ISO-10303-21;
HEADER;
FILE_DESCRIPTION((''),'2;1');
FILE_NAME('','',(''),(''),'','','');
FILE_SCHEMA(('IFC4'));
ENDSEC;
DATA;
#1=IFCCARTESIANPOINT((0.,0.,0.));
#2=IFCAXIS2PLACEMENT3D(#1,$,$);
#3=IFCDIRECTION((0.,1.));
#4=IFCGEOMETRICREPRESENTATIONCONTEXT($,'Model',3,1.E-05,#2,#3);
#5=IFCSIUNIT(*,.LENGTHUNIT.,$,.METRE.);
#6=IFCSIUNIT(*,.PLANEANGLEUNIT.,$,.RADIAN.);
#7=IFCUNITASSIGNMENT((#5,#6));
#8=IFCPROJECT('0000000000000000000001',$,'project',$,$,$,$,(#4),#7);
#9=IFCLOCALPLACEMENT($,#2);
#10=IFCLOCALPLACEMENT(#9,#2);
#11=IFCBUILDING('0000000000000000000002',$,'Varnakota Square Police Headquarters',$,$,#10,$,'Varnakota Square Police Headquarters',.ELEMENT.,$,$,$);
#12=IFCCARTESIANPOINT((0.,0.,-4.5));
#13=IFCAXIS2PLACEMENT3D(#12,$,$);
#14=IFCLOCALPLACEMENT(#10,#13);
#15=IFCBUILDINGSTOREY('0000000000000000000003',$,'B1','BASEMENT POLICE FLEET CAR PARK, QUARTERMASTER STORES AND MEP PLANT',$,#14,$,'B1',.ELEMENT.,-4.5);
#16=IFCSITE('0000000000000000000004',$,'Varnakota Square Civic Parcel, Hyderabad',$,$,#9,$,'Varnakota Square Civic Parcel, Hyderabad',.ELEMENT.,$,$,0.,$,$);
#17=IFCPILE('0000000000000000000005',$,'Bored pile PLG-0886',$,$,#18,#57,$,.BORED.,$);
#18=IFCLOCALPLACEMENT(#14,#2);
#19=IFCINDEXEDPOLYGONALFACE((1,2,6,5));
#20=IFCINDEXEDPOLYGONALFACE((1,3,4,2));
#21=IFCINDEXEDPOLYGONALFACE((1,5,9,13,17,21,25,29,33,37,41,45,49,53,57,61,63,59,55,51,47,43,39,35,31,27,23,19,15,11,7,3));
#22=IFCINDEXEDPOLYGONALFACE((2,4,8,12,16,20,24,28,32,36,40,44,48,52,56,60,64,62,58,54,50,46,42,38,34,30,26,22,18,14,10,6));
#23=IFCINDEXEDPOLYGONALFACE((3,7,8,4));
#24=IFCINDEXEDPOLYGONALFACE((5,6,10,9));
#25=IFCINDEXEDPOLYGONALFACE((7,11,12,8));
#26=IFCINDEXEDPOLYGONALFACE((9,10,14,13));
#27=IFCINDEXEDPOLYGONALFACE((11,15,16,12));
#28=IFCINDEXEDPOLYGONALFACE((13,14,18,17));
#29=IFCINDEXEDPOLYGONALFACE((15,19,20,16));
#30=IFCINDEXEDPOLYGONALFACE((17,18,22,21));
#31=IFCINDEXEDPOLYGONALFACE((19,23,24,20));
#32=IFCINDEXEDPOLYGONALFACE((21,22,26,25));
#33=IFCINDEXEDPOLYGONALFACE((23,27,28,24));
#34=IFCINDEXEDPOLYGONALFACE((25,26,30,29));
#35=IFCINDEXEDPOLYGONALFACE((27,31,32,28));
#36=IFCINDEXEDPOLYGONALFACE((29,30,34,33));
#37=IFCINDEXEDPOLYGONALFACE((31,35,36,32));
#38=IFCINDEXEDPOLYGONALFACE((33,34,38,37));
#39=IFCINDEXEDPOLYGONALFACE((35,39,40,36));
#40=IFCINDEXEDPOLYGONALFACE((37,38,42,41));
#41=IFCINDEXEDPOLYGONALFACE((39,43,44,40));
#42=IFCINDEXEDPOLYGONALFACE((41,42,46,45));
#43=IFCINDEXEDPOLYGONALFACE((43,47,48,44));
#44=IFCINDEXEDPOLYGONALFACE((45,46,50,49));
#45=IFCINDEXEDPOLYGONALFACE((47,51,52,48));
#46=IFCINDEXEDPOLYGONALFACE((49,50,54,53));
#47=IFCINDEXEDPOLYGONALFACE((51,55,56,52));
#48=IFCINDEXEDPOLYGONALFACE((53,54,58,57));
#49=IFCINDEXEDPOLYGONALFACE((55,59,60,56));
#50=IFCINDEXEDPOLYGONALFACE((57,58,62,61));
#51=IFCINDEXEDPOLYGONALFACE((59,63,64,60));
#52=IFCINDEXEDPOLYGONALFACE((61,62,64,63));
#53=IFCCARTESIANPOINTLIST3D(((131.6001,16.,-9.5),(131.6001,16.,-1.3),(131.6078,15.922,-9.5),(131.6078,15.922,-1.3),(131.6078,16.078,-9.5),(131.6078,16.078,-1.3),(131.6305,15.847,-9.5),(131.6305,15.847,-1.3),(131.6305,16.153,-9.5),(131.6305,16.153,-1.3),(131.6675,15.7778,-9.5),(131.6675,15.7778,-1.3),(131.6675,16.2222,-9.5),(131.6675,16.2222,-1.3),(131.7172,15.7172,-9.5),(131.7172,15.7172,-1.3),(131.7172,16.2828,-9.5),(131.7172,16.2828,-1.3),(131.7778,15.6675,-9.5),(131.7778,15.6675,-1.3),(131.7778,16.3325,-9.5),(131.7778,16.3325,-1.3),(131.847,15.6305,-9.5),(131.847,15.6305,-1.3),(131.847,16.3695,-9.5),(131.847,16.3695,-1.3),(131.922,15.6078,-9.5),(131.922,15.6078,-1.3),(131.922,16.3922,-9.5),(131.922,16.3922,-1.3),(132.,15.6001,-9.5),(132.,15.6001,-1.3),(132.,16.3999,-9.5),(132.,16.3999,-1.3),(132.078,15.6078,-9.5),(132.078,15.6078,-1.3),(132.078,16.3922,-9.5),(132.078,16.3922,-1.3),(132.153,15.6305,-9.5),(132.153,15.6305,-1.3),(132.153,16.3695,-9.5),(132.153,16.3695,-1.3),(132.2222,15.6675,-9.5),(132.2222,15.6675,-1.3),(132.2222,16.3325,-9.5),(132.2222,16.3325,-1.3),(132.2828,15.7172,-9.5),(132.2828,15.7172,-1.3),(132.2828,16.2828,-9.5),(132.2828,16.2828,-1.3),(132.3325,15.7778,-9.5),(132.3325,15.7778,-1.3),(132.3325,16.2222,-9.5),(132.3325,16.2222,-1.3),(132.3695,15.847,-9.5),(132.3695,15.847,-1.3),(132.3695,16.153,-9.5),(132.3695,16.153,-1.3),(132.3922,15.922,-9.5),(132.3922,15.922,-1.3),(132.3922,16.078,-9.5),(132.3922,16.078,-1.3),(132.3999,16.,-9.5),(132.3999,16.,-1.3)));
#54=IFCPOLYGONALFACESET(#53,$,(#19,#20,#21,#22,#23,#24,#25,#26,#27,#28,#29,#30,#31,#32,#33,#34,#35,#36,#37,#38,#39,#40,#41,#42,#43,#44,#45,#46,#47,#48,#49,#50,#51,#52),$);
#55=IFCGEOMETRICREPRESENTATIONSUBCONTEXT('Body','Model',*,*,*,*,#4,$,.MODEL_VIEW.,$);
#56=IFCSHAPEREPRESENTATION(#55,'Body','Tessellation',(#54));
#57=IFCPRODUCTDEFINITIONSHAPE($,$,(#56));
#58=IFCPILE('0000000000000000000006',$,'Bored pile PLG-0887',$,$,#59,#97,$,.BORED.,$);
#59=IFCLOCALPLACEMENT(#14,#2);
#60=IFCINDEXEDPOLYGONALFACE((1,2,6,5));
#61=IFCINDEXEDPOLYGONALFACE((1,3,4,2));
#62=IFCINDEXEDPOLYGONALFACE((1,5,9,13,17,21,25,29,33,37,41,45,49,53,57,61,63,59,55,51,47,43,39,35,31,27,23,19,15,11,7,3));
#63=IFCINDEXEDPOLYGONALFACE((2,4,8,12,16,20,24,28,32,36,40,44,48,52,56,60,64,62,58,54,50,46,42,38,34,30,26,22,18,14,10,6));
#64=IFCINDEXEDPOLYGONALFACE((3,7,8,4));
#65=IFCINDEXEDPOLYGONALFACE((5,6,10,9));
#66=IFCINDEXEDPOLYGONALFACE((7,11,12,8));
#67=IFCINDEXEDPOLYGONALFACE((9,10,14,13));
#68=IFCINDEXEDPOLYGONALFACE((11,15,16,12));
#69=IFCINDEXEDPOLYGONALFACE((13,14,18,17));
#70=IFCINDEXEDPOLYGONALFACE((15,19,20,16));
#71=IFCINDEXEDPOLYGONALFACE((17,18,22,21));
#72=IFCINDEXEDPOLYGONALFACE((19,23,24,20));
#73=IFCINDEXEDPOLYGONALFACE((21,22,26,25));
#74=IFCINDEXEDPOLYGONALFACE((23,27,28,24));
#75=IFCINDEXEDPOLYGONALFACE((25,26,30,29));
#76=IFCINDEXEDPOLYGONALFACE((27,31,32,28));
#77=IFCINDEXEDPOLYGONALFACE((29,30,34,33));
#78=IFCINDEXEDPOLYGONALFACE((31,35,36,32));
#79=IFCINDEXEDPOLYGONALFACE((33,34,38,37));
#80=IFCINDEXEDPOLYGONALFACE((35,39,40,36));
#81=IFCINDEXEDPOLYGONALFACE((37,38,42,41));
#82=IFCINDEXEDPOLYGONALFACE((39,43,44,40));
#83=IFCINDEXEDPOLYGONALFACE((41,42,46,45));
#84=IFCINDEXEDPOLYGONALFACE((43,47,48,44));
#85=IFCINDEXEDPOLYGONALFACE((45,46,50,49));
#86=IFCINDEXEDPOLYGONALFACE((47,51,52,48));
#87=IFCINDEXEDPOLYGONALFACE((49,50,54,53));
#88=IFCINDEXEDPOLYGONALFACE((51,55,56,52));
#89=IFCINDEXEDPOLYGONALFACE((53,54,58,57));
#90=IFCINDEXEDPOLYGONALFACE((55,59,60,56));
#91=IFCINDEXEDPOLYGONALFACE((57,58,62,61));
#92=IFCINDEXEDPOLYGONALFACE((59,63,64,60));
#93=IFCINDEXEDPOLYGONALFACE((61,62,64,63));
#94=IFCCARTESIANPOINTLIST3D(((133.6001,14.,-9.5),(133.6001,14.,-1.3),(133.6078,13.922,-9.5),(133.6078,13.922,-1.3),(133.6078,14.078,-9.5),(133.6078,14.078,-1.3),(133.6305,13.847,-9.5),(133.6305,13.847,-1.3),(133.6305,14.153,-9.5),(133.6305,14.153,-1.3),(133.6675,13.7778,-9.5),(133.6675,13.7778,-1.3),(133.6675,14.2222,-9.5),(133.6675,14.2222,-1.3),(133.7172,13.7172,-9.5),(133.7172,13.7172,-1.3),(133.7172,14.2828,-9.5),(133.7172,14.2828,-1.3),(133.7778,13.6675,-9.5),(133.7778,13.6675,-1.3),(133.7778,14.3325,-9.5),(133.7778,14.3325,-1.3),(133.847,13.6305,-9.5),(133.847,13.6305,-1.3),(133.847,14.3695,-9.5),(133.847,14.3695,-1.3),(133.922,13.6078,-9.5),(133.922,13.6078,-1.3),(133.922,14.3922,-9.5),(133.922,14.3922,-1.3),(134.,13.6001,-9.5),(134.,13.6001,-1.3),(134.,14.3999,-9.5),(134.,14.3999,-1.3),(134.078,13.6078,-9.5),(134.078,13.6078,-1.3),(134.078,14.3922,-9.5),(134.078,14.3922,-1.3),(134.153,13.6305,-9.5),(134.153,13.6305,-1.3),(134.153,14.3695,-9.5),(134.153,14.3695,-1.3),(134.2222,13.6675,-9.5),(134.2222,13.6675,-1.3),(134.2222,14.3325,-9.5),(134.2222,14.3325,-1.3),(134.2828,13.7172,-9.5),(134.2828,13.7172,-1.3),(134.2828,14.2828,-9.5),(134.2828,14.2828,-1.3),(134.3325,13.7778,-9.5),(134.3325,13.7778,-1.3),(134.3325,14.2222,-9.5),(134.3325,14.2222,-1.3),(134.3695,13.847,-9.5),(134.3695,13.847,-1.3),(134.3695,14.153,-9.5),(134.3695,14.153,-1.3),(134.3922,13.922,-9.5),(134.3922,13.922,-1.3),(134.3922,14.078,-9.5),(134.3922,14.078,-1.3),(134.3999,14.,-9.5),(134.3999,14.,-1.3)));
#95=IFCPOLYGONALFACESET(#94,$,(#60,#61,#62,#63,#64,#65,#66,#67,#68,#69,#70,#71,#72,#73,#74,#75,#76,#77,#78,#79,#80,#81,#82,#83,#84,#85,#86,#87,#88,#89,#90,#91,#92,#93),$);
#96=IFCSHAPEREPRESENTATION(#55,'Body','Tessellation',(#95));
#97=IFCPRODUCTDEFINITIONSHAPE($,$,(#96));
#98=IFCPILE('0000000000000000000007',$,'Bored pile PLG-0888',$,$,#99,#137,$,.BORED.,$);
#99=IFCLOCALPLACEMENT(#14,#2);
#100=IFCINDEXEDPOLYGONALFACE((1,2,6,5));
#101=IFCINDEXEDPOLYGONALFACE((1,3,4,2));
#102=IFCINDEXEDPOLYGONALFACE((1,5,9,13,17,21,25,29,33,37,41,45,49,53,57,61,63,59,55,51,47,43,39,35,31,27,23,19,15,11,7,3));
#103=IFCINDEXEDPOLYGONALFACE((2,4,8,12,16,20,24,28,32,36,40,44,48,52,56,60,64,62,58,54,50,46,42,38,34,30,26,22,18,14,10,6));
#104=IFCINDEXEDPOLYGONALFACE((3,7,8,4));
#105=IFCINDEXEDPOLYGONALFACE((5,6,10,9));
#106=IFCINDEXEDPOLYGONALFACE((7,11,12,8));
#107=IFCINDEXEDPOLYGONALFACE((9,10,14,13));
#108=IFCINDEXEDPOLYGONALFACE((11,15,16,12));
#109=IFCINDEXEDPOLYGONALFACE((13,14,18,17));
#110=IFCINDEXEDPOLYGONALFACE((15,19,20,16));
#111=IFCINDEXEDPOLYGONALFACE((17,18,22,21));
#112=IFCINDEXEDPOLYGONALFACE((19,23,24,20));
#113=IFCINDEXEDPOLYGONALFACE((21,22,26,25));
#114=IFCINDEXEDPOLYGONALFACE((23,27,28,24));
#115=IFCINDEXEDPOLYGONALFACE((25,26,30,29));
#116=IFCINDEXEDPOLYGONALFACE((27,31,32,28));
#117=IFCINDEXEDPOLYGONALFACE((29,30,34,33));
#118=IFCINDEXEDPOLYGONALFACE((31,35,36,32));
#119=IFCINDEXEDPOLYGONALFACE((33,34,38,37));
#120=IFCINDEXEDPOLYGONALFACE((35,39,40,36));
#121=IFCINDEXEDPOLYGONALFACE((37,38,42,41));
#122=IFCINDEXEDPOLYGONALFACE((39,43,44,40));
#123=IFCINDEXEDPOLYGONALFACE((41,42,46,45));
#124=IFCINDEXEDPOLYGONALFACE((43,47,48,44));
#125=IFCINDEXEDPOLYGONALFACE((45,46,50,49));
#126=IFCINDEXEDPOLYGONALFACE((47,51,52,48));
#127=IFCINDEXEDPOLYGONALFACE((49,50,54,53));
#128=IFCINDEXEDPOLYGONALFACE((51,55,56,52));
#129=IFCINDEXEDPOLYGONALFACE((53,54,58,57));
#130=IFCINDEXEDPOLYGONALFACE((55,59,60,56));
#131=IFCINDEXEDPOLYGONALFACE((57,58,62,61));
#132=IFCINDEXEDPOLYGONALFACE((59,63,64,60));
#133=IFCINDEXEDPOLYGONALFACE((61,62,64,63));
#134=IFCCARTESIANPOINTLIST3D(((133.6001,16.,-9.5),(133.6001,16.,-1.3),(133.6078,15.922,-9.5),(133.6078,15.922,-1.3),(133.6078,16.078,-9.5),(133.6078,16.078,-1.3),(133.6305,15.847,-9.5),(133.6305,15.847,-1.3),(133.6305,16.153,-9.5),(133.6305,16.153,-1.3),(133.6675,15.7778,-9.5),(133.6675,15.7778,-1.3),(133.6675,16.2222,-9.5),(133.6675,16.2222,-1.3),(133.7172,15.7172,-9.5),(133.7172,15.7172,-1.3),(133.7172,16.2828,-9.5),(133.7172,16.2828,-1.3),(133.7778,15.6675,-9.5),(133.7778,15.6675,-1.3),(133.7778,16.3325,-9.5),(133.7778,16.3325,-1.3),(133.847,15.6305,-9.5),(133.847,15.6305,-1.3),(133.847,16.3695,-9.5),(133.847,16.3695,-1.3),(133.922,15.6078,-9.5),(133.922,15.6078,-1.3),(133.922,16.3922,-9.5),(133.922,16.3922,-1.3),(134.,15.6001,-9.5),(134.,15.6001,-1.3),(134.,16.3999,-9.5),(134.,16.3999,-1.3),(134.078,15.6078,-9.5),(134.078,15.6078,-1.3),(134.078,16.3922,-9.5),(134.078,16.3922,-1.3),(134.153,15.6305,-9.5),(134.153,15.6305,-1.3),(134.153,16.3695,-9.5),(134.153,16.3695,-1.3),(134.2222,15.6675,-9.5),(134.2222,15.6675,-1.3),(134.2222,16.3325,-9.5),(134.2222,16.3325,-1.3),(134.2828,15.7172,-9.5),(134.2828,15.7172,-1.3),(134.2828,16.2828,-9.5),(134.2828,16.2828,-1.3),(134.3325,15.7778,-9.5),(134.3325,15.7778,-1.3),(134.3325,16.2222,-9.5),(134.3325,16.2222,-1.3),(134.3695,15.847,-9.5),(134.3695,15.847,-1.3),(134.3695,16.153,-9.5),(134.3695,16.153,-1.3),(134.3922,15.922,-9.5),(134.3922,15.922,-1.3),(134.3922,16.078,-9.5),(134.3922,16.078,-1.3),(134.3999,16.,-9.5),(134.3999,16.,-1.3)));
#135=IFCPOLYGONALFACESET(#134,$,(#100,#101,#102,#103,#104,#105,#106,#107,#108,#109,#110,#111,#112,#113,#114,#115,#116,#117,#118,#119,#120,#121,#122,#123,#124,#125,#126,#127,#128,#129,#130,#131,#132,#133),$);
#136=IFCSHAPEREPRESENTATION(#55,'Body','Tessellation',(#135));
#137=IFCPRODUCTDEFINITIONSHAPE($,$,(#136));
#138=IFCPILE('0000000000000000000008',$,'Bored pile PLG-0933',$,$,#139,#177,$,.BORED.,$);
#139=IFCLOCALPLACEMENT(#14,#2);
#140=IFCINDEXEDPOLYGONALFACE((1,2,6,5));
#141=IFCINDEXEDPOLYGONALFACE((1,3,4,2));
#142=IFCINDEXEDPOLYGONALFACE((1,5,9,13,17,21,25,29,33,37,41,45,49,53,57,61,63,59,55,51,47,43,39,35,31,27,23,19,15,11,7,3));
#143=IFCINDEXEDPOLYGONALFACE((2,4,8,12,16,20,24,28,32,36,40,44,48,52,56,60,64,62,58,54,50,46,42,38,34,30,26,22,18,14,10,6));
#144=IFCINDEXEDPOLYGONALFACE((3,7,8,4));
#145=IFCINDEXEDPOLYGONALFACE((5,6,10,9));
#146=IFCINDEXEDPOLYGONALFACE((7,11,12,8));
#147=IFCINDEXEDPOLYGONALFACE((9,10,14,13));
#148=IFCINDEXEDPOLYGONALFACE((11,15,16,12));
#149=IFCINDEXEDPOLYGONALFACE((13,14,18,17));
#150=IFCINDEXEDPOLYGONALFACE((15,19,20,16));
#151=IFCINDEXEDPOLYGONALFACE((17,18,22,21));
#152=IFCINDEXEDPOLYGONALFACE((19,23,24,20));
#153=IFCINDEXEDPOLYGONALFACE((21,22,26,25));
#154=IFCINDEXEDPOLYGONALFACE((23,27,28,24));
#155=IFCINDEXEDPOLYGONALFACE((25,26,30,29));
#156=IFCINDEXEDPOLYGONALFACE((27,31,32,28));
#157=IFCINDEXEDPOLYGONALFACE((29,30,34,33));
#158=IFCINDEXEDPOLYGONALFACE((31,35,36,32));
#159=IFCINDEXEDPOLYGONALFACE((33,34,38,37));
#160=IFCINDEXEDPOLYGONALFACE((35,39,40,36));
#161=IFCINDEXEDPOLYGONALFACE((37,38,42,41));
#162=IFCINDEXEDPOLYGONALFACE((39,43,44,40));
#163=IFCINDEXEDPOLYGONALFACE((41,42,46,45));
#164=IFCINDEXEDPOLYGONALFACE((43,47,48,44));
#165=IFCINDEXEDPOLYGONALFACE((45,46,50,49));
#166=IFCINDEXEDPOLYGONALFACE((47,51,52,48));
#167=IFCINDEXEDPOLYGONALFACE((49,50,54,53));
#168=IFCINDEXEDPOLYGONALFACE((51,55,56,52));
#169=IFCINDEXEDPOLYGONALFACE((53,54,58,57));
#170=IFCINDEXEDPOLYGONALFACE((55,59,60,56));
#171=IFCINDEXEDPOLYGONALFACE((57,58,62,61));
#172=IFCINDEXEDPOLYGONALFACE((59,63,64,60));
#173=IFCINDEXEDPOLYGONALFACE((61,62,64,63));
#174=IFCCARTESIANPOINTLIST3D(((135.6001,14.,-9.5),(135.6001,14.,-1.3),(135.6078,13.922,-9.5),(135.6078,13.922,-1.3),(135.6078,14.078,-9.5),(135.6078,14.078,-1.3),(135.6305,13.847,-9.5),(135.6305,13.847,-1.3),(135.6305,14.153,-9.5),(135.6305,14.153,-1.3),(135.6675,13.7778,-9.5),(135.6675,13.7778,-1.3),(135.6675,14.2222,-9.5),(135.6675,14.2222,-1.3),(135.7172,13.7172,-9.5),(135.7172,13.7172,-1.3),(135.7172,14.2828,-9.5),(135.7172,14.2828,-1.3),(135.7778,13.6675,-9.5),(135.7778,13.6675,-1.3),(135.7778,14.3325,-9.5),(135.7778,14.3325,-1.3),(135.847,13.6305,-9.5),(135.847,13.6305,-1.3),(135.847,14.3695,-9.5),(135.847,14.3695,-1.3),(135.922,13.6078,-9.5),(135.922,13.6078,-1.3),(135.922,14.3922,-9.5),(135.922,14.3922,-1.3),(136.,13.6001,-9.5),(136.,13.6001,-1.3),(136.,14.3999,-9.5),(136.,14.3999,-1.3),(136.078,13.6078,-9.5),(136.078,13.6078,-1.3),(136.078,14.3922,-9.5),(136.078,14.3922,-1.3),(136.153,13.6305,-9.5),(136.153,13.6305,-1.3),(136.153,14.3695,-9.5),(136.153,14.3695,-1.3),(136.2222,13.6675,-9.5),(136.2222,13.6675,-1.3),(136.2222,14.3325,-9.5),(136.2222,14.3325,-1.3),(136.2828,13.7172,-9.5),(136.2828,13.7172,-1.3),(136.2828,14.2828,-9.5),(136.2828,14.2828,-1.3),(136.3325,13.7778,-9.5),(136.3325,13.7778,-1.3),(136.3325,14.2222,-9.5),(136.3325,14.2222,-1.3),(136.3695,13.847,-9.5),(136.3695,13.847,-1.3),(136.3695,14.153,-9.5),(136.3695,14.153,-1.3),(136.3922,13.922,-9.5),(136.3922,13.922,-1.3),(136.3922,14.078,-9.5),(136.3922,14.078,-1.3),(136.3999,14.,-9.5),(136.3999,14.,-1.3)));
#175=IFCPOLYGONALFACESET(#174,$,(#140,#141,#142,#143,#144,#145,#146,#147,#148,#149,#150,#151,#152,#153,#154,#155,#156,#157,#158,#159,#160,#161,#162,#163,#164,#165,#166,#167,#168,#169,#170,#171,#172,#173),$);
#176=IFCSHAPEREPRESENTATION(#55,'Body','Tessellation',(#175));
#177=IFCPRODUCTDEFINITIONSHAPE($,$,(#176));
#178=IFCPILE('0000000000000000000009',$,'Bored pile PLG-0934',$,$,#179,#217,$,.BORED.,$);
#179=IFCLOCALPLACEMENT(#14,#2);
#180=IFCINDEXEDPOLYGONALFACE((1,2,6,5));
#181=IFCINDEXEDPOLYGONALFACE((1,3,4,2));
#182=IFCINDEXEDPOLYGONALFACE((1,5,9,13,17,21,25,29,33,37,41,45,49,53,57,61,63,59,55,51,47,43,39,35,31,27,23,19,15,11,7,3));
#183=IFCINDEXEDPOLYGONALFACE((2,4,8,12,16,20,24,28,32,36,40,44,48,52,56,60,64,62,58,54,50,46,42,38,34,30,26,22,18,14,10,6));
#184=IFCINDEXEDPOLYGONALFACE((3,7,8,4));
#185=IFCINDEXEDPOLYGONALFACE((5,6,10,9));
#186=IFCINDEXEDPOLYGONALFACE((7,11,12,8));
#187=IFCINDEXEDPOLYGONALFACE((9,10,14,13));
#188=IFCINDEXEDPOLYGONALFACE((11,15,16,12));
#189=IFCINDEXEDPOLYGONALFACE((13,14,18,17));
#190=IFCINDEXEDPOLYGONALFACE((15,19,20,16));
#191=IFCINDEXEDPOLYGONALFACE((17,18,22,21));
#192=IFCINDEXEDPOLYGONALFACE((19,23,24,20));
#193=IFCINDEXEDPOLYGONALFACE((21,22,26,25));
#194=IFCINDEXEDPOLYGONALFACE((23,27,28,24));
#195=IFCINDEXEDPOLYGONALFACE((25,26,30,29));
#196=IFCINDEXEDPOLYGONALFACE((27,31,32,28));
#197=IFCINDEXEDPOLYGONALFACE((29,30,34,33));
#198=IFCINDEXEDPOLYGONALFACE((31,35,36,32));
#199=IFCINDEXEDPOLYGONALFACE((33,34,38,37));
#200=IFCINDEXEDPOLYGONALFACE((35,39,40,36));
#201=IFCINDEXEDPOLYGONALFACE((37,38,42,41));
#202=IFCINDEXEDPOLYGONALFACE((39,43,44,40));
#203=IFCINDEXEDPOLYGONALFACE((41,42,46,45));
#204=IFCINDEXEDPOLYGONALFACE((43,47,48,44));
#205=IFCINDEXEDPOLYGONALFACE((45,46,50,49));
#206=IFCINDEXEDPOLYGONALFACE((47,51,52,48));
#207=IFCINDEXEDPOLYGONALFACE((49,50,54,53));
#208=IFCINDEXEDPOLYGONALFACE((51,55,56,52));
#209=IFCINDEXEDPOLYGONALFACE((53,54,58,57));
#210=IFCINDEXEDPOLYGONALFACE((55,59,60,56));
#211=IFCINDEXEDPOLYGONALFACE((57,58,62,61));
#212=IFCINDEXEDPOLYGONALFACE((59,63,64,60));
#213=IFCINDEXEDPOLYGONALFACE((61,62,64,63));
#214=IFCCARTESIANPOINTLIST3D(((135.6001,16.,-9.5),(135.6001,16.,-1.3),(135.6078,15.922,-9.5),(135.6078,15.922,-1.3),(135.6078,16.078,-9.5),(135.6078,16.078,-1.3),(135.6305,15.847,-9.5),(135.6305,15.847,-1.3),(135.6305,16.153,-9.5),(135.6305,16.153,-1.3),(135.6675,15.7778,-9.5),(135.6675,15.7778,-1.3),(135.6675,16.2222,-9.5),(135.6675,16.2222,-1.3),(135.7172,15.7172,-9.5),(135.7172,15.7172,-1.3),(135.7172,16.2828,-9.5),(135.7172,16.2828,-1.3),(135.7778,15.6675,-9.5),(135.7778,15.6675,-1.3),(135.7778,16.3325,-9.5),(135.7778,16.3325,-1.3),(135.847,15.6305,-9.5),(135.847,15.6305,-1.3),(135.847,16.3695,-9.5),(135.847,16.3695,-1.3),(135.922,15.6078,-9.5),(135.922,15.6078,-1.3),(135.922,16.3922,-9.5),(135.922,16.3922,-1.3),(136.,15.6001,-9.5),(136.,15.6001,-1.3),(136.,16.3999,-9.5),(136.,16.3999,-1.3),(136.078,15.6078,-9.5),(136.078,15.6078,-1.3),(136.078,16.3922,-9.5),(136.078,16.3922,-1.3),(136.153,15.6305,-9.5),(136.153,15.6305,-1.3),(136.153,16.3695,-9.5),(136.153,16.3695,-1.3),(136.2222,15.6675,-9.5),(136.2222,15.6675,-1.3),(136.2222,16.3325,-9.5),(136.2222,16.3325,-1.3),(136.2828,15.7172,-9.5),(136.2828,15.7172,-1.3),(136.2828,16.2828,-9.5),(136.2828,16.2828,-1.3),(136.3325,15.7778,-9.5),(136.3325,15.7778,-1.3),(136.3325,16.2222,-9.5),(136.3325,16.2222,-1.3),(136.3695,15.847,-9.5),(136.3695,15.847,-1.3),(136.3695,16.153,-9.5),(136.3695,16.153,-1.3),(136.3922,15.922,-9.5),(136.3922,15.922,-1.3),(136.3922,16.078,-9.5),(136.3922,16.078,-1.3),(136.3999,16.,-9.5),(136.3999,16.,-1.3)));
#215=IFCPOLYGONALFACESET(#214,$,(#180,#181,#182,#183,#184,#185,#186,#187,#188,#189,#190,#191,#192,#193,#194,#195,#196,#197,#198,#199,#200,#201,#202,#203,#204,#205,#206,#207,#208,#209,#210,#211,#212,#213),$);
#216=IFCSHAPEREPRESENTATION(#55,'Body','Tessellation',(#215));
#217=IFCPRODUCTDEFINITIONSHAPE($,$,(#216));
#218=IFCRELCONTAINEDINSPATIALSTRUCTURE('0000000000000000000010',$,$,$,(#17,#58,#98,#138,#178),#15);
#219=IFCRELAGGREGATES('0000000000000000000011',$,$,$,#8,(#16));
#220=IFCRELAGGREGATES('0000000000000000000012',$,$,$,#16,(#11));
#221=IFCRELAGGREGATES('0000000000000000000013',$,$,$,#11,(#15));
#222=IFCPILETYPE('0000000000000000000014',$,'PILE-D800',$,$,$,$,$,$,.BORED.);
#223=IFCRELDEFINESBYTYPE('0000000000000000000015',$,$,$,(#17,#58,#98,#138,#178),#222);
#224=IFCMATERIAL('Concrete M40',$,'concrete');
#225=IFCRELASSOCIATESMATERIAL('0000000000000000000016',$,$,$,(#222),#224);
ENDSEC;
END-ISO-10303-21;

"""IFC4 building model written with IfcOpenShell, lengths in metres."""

from ifc_helpers import new_model, si_unit, direction, frame, origin, origin_2d, place, context, subcontext, project, spatial, circle, extrude, material, material_profile, profile_set, type_object, element, save


model = new_model("IFC4")

# Units and contexts
model_context = context("Model", 3, precision=1e-05, world=origin(), true_north=direction((0.0, 1.0)))
body_context = subcontext(model_context, "Body", "Model", "MODEL_VIEW")
ifc_project = project(units=[si_unit("LENGTHUNIT", "METRE"), si_unit("PLANEANGLEUNIT", "RADIAN")], contexts=[model_context])

# Site, building, storey
site_placement = place(None, origin())
site = spatial("IfcSite", under=ifc_project, at=site_placement, Name="Varnakota Square Civic Parcel, Hyderabad", LongName="Varnakota Square Civic Parcel, Hyderabad", CompositionType="ELEMENT", RefElevation=0.0)
building_placement = place(site_placement, origin())
building = spatial("IfcBuilding", under=site, at=building_placement, Name="Varnakota Square Police Headquarters", LongName="Varnakota Square Police Headquarters", CompositionType="ELEMENT")
storey_placement = place(building_placement, frame((0.0, 0.0, -4.5)))
storey = spatial("IfcBuildingStorey", under=building, at=storey_placement, Name="B1", Description="BASEMENT POLICE FLEET CAR PARK, QUARTERMASTER STORES AND MEP PLANT", LongName="B1", CompositionType="ELEMENT", Elevation=-4.5)

# Piles
ifc_material_1 = material(Name="Concrete M40", Category="concrete")
ifc_material_profile_1 = material_profile(ifc_material_1, circle(Radius=0.3999, at=origin_2d()), Name="BORED PILE 800")
ifc_profile_set_1 = profile_set([ifc_material_profile_1], Name="Concrete M40")
pile_type = type_object("IfcPileType", Name="PILE-D800", PredefinedType="BORED", material=ifc_profile_set_1)
for number, where, z_axis, x_axis, name in (
    (1, (132.0, 16.0, -1.3), (0.0, 0.0, -1.0), (1.0, 0.0, 0.0), "Bored pile PLG-0886"),
    (2, (134.0, 14.0, -1.3), (0.0, 0.0, -1.0), (1.0, 0.0, 0.0), "Bored pile PLG-0887"),
    (3, (134.0, 16.0, -1.3), (0.0, 0.0, -1.0), (1.0, 0.0, 0.0), "Bored pile PLG-0888"),
    (4, (136.0, 14.0, -1.3), (0.0, 0.0, -1.0), (1.0, 0.0, 0.0), "Bored pile PLG-0933"),
    (5, (136.0, 16.0, -1.3), (0.0, 0.0, -1.0), (1.0, 0.0, 0.0), "Bored pile PLG-0934"),
):
    element("IfcPile", number, at=place(storey_placement, frame(where, z_axis=z_axis, x_axis=x_axis)), inside=storey, type_object=pile_type, Name=name, PredefinedType="BORED", context=body_context, shape_type="SweptSolid", body=[
        extrude(circle(Radius=0.3999, at=origin_2d()), origin(), (0.0, 0.0, 1.0), 8.2),
    ])

save(model, "model.ifc")
